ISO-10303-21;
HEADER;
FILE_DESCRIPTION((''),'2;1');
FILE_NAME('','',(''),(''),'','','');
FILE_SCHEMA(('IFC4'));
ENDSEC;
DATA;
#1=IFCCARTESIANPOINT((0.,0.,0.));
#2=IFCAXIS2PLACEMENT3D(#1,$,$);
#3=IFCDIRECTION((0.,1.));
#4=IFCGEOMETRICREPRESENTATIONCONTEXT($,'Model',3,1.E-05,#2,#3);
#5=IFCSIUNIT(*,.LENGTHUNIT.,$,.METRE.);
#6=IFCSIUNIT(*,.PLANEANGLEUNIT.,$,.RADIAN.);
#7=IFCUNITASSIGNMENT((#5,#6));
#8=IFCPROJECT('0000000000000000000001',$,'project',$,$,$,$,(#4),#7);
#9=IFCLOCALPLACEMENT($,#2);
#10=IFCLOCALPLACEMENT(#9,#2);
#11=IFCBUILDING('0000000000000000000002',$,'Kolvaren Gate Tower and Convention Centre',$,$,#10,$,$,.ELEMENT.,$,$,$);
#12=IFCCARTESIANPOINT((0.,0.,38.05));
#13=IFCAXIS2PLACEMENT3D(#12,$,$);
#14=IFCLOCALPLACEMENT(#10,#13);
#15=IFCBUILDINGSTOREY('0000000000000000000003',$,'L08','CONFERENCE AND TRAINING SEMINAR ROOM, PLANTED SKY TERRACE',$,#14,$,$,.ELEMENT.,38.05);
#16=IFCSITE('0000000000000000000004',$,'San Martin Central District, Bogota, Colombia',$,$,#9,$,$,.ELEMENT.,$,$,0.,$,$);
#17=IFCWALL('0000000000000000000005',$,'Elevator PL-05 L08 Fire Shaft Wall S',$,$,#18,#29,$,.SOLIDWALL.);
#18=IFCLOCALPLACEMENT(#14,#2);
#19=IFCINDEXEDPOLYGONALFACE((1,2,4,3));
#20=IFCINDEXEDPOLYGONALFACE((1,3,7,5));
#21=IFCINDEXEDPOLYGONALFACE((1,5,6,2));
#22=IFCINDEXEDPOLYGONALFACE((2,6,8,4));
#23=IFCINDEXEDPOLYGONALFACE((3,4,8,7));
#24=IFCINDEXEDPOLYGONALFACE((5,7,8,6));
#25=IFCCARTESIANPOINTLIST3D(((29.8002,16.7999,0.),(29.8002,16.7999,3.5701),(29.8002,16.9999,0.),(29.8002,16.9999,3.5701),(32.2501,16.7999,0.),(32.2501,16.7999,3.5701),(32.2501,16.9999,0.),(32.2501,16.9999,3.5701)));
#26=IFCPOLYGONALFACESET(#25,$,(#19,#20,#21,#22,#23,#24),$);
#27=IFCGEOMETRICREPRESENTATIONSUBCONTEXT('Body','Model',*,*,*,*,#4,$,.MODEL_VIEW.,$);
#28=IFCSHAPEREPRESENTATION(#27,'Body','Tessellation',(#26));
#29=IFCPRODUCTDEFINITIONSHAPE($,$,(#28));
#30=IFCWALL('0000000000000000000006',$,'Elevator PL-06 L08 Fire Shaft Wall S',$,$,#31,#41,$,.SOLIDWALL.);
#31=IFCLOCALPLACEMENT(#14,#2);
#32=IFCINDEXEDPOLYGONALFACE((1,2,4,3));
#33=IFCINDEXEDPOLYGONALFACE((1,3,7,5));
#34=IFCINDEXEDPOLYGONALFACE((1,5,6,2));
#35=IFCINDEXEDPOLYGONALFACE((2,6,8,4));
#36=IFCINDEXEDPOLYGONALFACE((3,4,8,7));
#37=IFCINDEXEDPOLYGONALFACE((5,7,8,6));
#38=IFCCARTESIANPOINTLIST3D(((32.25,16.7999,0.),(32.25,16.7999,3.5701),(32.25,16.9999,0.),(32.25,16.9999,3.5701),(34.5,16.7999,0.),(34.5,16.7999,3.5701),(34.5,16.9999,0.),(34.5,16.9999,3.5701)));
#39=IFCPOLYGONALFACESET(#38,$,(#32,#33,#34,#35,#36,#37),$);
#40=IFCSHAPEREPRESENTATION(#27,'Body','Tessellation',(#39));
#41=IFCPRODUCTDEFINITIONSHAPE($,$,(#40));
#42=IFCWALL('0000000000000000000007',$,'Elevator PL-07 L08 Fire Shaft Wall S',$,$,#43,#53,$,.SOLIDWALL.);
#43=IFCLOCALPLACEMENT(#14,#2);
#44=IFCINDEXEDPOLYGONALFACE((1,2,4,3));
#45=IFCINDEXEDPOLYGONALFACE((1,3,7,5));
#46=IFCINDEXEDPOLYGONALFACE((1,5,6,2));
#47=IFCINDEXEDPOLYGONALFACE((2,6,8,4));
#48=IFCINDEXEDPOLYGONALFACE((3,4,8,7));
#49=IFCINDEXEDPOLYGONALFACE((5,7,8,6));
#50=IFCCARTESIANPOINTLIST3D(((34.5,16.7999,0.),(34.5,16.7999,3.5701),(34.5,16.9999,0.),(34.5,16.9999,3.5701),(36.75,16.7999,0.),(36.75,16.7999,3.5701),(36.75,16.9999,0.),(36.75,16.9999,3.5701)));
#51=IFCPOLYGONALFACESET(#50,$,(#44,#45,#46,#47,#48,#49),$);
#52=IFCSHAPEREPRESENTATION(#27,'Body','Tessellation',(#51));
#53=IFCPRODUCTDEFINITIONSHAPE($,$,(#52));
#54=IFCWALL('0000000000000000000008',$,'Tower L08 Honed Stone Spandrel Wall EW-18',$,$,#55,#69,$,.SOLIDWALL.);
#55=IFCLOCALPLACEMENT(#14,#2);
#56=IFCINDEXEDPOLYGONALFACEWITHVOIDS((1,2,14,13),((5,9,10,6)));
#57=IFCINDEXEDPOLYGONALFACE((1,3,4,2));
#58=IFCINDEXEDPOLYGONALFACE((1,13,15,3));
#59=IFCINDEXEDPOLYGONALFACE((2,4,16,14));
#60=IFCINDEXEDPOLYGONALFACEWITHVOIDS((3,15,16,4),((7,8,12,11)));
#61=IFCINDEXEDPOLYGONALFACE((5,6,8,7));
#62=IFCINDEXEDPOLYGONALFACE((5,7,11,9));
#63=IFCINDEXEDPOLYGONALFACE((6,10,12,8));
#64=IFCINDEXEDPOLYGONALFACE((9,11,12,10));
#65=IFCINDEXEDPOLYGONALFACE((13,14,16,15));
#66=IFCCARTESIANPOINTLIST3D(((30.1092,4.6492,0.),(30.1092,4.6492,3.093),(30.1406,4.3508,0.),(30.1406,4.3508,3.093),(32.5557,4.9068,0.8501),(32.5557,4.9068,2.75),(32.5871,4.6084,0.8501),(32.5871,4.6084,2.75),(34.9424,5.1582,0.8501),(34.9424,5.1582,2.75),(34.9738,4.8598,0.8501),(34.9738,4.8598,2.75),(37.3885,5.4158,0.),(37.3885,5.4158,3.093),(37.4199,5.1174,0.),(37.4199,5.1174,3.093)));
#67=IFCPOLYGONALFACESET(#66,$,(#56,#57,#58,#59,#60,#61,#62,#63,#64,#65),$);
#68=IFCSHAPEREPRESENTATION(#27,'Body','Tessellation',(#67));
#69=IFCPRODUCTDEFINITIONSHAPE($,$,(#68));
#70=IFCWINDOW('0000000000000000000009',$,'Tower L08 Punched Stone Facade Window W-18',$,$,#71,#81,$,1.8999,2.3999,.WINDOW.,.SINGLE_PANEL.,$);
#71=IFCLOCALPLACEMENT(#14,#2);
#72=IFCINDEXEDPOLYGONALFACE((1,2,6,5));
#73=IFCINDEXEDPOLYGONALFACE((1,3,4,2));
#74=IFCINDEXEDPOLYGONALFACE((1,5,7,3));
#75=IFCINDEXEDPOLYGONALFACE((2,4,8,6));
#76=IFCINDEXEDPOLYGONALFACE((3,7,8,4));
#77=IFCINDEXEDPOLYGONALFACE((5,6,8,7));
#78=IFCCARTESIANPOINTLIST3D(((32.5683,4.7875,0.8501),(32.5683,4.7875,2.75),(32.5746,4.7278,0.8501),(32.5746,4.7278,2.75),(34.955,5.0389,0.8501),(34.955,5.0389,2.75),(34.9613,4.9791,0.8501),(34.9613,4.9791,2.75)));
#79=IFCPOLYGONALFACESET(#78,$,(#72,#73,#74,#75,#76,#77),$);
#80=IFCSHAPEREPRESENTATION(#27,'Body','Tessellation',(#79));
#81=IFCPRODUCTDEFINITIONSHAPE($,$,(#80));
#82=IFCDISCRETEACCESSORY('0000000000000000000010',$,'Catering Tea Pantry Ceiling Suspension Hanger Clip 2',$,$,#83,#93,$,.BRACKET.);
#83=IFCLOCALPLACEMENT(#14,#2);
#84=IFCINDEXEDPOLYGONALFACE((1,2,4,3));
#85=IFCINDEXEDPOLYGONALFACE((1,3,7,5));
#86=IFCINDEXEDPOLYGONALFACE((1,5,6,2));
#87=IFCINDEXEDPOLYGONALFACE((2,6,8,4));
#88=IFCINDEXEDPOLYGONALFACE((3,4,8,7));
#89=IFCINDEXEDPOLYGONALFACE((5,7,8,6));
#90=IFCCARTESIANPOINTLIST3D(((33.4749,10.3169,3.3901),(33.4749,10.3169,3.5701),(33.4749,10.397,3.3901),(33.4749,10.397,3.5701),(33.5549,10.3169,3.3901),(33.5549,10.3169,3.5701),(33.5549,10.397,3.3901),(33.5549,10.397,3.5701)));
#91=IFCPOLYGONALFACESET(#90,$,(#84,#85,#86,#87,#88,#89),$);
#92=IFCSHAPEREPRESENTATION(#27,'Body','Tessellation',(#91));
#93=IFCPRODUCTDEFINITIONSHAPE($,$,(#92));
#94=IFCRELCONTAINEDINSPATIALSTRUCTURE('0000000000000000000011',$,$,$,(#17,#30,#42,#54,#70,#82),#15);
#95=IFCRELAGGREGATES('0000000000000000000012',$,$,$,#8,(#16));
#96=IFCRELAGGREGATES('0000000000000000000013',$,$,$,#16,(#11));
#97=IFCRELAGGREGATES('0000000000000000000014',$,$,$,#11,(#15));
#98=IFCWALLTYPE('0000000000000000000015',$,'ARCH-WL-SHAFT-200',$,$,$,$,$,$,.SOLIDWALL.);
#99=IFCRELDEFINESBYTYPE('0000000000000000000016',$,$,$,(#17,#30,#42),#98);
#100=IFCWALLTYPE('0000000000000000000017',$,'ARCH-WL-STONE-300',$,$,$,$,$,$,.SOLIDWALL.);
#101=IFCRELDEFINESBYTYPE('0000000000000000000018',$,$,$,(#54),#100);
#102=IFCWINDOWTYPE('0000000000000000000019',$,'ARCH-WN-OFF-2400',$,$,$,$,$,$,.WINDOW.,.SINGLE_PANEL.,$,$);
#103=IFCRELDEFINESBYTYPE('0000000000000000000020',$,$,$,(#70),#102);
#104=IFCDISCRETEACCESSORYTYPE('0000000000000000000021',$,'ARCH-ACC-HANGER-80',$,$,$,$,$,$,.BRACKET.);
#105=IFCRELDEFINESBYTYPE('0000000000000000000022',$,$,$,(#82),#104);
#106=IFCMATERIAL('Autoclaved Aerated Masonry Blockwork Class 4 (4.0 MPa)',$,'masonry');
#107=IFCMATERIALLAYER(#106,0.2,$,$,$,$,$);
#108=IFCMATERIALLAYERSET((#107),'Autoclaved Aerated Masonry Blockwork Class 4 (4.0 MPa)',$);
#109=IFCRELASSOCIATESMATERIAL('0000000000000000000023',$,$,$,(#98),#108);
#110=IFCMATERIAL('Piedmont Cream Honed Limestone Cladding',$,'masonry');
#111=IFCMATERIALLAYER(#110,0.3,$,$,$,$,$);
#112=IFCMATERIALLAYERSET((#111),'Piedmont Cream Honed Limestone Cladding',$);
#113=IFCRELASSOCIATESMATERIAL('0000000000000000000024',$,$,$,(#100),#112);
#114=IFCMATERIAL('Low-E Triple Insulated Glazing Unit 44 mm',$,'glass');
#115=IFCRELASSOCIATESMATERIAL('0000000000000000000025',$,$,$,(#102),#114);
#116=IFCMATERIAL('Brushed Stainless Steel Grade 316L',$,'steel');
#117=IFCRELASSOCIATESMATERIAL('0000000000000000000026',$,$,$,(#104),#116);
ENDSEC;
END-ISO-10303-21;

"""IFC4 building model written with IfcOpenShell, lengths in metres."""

from ifc_helpers import new_model, si_unit, direction, frame, frame_2d, origin, origin_2d, place, context, subcontext, project, spatial, rectangle, extrude, material, layer, layer_set, type_object, element, fill, save


model = new_model("IFC4")

# Units and contexts
model_context = context("Model", 3, precision=1e-05, world=origin(), true_north=direction((0.0, 1.0)))
body_context = subcontext(model_context, "Body", "Model", "MODEL_VIEW")
ifc_project = project(units=[si_unit("LENGTHUNIT", "METRE"), si_unit("PLANEANGLEUNIT", "RADIAN")], contexts=[model_context])

# Site, building, storey
site_placement = place(None, origin())
site = spatial("IfcSite", under=ifc_project, at=site_placement, Name="San Martin Central District, Bogota, Colombia", CompositionType="ELEMENT", RefElevation=0.0)
building_placement = place(site_placement, origin())
building = spatial("IfcBuilding", under=site, at=building_placement, Name="Kolvaren Gate Tower and Convention Centre", CompositionType="ELEMENT")
storey_placement = place(building_placement, frame((0.0, 0.0, 38.05)))
storey = spatial("IfcBuildingStorey", under=building, at=storey_placement, Name="L08", Description="CONFERENCE AND TRAINING SEMINAR ROOM, PLANTED SKY TERRACE", CompositionType="ELEMENT", Elevation=38.05)

# Shared definitions
ifc_material_1 = material(Name="Autoclaved Aerated Masonry Blockwork Class 4 (4.0 MPa)", Category="masonry")

# Walls
ifc_layer_1 = layer(ifc_material_1, 0.2)
ifc_layer_set_1 = layer_set([ifc_layer_1], Name="Autoclaved Aerated Masonry Blockwork Class 4 (4.0 MPa)")
wall_type_1 = type_object("IfcWallType", Name="ARCH-WL-SHAFT-200", PredefinedType="SOLIDWALL", material=ifc_layer_set_1)
wall_1_placement = place(storey_placement, frame((29.8, 16.8999, 0.0), z_axis=(0.0, 0.0, 1.0), x_axis=(1.0, 0.0, 0.0)))
element("IfcWall", 1, at=wall_1_placement, inside=storey, type_object=wall_type_1, Name="Elevator PL-05 L08 Fire Shaft Wall S", PredefinedType="SOLIDWALL", context=body_context, shape_type="SweptSolid", body=[
    extrude(rectangle(XDim=2.45, YDim=0.2, at=frame_2d((1.2251, 0.0))), origin(), (0.0, 0.0, 1.0), 3.5701),
])
for number, where, z_axis, x_axis, name in (
    (2, (32.25, 16.8999, 0.0), (0.0, 0.0, 1.0), (1.0, 0.0, 0.0), "Elevator PL-06 L08 Fire Shaft Wall S"),
    (3, (34.5, 16.8999, 0.0), (0.0, 0.0, 1.0), (1.0, 0.0, 0.0), "Elevator PL-07 L08 Fire Shaft Wall S"),
):
    element("IfcWall", number, at=place(storey_placement, frame(where, z_axis=z_axis, x_axis=x_axis)), inside=storey, type_object=wall_type_1, Name=name, PredefinedType="SOLIDWALL", context=body_context, shape_type="SweptSolid", body=[
        extrude(rectangle(XDim=2.25, YDim=0.2, at=frame_2d((1.125, 0.0))), origin(), (0.0, 0.0, 1.0), 3.5701),
    ])

# Wall, opening, window
ifc_material_2 = material(Name="Piedmont Cream Honed Limestone Cladding", Category="masonry")
ifc_layer_2 = layer(ifc_material_2, 0.3)
ifc_layer_set_2 = layer_set([ifc_layer_2], Name="Piedmont Cream Honed Limestone Cladding")
wall_type_2 = type_object("IfcWallType", Name="ARCH-WL-STONE-300", PredefinedType="SOLIDWALL", material=ifc_layer_set_2)
wall_2_placement = place(storey_placement, frame((30.125, 4.5, 0.0), z_axis=(0.0, 0.0, 1.0), x_axis=(0.9945, 0.104733, 0.0)))
wall_2 = element("IfcWall", 4, at=wall_2_placement, inside=storey, type_object=wall_type_2, Name="Tower L08 Honed Stone Spandrel Wall EW-18", PredefinedType="SOLIDWALL", context=body_context, shape_type="SweptSolid", body=[
    extrude(rectangle(XDim=7.3196, YDim=0.3, at=frame_2d((3.6597, 0.0))), origin(), (0.0, 0.0, 1.0), 3.093),
])
opening_1_placement = place(wall_2_placement, frame((2.46, 0.0, 0.8501)))
opening_1 = element("IfcOpeningElement", 5, at=opening_1_placement, cuts=wall_2, PredefinedType="OPENING", context=body_context, shape_type="SweptSolid", body=[
    extrude(rectangle(XDim=2.3999, YDim=1.8999, at=frame_2d((1.2, 0.95))), frame((0.0, 0.1599, 0.0), z_axis=(0.0, -1.0, 0.0), x_axis=(1.0, 0.0, 0.0)), (0.0, 0.0, 1.0), 0.3201),
])
ifc_material_3 = material(Name="Low-E Triple Insulated Glazing Unit 44 mm", Category="glass")
window_type = type_object("IfcWindowType", Name="ARCH-WN-OFF-2400", PartitioningType="SINGLE_PANEL", PredefinedType="WINDOW", material=ifc_material_3)
window_placement = place(opening_1_placement, origin())
window = element("IfcWindow", 6, at=window_placement, inside=storey, type_object=window_type, Name="Tower L08 Punched Stone Facade Window W-18", OverallHeight=1.8999, OverallWidth=2.3999, PartitioningType="SINGLE_PANEL", PredefinedType="WINDOW", context=body_context, shape_type="SweptSolid", body=[
    extrude(rectangle(XDim=2.3999, YDim=1.8999, at=frame_2d((1.2, 0.95))), frame((0.0, 0.03, 0.0), z_axis=(0.0, -1.0, 0.0), x_axis=(1.0, 0.0, 0.0)), (0.0, 0.0, 1.0), 0.0601),
])
fill(opening_1, window)

# Discrete accessory
ifc_material_4 = material(Name="Brushed Stainless Steel Grade 316L", Category="steel")
discrete_accessory_type = type_object("IfcDiscreteAccessoryType", Name="ARCH-ACC-HANGER-80", PredefinedType="BRACKET", material=ifc_material_4)
discrete_accessory_placement = place(storey_placement, frame((33.5149, 10.3569, 3.3901), z_axis=(0.0, 0.0, 1.0), x_axis=(1.0, 0.0, 0.0)))
element("IfcDiscreteAccessory", 7, at=discrete_accessory_placement, inside=storey, type_object=discrete_accessory_type, Name="Catering Tea Pantry Ceiling Suspension Hanger Clip 2", PredefinedType="BRACKET", context=body_context, shape_type="SweptSolid", body=[
    extrude(rectangle(XDim=0.0801, YDim=0.0801, at=origin_2d()), origin(), (0.0, 0.0, 1.0), 0.1799),
])

save(model, "model.ifc")
